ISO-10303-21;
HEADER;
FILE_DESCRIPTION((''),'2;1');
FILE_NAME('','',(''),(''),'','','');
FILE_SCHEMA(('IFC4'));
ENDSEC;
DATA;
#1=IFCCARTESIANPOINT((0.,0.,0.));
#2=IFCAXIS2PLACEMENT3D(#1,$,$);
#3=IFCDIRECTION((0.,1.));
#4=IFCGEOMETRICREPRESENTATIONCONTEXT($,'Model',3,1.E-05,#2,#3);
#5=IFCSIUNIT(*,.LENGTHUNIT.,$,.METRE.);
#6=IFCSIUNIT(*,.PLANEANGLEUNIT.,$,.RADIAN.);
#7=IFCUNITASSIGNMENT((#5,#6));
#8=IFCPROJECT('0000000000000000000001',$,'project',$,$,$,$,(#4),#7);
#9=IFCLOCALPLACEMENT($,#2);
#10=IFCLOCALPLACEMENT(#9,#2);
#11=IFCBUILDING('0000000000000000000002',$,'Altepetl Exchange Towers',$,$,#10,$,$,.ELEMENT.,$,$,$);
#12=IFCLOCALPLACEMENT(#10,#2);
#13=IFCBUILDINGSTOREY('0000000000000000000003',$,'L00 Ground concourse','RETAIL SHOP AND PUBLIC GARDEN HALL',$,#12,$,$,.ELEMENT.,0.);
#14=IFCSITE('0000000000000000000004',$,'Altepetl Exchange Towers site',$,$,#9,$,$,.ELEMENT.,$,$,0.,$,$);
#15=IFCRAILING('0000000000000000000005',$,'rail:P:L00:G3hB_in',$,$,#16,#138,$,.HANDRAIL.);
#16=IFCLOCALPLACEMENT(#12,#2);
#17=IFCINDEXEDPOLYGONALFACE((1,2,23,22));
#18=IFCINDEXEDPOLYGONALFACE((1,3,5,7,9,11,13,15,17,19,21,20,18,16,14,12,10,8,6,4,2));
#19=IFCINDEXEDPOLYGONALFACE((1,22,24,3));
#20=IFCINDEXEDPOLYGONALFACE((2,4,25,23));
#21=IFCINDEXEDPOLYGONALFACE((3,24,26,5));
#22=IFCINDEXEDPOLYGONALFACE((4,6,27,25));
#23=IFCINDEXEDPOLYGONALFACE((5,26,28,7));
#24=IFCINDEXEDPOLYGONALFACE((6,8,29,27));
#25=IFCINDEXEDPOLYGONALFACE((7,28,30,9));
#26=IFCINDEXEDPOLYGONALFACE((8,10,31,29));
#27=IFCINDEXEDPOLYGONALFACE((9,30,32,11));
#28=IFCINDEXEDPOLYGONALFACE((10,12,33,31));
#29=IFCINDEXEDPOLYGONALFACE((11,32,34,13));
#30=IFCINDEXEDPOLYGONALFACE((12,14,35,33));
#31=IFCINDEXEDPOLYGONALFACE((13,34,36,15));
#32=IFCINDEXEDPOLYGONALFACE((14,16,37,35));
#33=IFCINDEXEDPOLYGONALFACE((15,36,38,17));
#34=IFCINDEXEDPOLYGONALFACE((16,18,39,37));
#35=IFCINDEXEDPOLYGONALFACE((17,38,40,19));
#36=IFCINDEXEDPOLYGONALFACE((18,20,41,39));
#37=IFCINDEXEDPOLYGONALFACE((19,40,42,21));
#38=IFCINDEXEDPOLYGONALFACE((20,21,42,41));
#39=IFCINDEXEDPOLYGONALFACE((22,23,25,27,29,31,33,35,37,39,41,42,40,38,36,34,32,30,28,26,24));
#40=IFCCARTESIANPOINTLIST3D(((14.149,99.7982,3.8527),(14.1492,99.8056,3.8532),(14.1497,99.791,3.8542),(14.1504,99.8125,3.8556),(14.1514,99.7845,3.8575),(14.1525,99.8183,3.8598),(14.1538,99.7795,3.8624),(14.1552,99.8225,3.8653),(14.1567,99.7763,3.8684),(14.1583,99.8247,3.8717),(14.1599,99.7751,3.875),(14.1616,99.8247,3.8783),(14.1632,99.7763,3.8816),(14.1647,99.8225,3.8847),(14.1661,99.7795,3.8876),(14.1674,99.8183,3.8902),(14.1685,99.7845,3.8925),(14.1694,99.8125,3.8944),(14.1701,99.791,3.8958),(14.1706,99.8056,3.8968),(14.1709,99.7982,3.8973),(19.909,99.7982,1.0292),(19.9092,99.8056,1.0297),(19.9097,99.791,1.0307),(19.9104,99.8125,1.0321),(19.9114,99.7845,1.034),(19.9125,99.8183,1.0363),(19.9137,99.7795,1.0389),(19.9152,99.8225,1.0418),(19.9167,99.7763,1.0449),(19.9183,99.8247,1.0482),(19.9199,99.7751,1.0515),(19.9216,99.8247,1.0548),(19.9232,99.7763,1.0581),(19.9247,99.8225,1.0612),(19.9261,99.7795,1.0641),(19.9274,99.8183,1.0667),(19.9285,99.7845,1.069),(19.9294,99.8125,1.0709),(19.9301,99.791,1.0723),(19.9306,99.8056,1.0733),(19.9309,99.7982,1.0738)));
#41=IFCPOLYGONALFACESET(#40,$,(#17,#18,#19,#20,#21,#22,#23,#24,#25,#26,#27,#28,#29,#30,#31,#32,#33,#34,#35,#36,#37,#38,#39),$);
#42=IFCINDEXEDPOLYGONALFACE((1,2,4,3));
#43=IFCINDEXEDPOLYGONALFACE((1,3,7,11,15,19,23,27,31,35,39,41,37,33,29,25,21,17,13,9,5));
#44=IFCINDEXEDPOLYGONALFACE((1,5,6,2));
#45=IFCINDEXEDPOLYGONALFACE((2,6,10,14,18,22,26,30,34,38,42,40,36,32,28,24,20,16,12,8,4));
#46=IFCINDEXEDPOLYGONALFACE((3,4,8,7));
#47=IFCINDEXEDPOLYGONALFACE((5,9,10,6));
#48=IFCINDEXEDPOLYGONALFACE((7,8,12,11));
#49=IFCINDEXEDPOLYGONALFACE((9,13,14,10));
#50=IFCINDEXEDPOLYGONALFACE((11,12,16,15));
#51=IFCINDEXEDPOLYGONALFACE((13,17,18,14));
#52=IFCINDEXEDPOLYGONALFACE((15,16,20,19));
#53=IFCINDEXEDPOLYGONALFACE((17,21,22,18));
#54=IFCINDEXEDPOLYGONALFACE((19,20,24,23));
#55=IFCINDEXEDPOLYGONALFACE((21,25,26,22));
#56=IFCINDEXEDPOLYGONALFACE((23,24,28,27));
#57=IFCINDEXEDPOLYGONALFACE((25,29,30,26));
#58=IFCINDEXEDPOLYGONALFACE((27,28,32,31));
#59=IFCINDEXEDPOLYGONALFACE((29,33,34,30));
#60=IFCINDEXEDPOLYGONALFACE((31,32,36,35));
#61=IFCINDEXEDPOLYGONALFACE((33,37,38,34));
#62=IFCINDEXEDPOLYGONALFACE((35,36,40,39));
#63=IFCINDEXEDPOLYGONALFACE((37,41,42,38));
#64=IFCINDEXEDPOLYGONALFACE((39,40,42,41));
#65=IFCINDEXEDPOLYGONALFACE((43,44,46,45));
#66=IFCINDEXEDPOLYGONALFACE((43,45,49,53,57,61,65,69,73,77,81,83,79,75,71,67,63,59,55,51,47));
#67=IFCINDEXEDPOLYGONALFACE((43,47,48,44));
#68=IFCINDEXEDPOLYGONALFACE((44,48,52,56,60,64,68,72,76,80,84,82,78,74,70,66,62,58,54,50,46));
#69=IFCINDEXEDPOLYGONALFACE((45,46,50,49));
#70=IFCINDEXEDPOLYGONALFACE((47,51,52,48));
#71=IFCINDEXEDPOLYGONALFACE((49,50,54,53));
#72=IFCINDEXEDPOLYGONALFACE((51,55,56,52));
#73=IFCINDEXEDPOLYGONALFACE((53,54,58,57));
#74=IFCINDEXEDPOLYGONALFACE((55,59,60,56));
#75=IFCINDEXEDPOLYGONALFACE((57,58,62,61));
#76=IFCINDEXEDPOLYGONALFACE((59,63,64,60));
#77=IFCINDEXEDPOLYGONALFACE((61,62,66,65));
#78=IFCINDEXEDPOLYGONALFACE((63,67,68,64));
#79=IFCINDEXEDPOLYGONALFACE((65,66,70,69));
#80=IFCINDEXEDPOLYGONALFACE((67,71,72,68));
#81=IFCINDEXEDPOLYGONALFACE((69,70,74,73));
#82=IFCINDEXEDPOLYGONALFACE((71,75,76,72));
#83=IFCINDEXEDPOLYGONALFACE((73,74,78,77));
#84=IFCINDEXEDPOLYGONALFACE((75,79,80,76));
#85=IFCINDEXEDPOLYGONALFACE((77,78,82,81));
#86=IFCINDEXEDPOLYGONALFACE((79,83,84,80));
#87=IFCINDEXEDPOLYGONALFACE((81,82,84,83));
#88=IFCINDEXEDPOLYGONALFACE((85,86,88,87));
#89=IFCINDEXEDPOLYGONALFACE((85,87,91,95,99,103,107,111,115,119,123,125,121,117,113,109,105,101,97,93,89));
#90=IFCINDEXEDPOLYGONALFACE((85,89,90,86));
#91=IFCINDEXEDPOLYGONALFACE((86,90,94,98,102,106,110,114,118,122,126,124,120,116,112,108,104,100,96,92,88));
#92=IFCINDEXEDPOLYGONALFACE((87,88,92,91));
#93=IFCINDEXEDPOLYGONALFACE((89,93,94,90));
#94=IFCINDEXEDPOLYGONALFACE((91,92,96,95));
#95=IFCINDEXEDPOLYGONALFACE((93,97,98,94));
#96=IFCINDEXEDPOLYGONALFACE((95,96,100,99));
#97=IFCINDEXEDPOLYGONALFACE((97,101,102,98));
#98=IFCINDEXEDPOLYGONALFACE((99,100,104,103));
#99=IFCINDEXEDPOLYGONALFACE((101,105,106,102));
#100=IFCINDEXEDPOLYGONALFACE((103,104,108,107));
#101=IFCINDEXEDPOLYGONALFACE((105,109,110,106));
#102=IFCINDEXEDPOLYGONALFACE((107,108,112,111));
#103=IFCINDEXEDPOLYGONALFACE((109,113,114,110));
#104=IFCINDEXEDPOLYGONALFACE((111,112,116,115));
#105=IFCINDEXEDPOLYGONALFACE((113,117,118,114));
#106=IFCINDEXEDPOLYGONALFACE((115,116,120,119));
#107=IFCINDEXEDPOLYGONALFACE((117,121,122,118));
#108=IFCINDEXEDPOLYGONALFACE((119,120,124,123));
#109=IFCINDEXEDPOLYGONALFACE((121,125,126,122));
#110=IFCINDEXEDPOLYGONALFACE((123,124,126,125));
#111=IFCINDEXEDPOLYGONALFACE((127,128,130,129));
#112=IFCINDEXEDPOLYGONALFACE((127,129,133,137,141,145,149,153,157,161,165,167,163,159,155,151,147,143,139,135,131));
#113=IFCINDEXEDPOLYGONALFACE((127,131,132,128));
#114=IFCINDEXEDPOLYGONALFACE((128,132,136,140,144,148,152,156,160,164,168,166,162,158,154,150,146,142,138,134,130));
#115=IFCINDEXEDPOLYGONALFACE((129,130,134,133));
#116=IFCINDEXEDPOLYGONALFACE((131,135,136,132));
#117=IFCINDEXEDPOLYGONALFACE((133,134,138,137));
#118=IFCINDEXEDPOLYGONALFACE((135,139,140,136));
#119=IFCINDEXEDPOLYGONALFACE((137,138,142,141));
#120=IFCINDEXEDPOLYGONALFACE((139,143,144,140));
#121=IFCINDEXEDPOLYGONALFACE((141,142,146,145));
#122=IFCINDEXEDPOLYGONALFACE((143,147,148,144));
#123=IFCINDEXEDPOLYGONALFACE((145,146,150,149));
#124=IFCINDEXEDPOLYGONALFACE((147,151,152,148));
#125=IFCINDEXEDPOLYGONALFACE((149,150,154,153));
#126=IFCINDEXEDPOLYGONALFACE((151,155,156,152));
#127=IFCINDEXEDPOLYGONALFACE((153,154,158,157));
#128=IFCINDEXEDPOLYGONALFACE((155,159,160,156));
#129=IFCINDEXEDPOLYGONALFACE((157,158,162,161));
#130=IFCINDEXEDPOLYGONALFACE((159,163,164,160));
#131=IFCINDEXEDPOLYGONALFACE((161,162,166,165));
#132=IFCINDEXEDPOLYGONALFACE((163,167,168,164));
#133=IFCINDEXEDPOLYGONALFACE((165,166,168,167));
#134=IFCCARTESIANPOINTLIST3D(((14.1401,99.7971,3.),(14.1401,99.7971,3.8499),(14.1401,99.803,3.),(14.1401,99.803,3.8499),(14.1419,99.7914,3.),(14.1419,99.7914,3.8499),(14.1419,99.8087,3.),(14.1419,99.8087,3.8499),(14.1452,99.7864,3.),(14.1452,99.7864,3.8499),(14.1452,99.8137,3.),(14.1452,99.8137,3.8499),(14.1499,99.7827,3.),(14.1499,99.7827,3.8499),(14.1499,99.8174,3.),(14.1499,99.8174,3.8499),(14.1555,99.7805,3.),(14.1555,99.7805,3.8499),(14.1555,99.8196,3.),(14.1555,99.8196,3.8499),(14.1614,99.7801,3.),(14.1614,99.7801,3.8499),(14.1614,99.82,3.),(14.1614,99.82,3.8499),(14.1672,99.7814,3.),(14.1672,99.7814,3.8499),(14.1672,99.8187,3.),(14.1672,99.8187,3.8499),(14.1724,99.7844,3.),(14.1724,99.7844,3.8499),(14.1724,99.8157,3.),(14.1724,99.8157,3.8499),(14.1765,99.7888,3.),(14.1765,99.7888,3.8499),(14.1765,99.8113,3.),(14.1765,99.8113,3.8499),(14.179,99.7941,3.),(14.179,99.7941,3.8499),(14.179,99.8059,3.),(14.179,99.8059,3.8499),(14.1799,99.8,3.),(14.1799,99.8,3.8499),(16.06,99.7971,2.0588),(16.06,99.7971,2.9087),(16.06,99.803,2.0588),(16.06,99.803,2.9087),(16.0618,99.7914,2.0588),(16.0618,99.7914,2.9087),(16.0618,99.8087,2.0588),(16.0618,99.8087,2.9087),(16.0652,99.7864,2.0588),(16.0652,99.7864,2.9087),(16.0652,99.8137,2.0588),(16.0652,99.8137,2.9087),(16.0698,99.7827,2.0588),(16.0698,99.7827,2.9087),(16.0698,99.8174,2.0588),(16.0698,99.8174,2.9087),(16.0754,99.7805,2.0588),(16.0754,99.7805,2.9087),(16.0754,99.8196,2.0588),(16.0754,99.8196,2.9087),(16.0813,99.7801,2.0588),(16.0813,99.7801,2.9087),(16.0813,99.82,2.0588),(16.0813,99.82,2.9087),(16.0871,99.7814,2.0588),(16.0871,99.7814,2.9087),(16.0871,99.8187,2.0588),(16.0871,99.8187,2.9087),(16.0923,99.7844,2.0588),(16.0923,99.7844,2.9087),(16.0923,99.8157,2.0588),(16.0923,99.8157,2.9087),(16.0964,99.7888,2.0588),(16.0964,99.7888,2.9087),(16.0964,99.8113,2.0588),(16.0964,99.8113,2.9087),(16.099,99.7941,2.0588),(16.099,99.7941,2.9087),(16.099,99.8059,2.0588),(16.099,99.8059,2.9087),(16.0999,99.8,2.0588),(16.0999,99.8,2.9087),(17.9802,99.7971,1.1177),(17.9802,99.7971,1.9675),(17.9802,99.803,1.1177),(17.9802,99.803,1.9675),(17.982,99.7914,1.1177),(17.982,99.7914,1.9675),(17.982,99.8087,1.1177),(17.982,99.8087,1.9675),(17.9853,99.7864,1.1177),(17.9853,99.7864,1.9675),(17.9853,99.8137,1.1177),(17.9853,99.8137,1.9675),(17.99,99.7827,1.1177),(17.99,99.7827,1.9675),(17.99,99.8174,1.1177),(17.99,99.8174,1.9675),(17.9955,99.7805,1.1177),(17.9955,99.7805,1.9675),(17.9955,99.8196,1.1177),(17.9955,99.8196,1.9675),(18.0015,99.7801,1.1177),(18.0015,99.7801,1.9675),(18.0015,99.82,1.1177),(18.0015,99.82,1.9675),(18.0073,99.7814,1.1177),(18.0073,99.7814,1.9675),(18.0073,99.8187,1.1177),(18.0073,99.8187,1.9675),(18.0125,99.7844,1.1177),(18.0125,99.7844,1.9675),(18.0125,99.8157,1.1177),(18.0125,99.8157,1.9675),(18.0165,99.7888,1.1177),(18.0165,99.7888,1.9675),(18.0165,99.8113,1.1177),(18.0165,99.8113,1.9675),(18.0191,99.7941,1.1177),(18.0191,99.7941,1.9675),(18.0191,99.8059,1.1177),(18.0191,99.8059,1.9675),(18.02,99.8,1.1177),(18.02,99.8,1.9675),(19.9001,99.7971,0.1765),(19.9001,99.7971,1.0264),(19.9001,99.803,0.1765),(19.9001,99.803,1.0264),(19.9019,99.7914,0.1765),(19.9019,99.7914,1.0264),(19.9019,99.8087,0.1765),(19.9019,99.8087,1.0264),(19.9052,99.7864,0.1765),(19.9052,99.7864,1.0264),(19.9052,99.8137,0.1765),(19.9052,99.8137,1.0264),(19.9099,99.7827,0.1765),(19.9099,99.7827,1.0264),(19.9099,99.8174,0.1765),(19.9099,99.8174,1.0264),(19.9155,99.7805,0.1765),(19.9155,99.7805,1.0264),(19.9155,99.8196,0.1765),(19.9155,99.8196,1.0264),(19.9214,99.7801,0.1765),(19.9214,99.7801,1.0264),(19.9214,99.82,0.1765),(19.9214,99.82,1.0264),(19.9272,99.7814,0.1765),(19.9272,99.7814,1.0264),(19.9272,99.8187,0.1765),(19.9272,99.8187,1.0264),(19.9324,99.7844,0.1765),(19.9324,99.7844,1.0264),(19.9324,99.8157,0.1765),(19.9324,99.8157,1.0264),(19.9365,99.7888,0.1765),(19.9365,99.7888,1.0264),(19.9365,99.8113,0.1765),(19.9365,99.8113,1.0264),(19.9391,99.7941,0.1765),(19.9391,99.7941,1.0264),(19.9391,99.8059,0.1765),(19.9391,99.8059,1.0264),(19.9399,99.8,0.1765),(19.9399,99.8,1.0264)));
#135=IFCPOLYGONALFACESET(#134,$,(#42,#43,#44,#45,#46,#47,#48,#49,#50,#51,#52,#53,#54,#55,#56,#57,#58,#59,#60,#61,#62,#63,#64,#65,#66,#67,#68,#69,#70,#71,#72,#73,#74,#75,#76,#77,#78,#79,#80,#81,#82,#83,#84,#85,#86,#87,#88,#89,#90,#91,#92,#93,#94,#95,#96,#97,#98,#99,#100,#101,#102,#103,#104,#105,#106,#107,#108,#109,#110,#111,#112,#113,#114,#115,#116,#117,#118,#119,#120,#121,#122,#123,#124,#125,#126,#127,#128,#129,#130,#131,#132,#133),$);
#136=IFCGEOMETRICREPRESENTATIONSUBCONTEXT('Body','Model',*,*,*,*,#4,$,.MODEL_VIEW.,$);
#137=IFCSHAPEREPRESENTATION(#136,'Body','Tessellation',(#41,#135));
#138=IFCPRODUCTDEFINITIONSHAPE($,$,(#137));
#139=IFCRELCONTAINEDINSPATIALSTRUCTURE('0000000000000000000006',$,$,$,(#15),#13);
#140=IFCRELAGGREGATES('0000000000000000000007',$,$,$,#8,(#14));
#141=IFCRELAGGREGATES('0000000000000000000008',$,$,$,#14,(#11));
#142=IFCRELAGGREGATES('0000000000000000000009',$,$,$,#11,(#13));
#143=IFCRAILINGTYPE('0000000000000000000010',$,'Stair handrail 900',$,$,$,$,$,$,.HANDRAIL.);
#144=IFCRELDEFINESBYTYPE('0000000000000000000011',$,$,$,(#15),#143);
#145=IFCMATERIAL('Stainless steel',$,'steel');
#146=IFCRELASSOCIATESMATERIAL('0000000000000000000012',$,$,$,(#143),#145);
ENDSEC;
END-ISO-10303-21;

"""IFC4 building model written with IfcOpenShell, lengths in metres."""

from ifc_helpers import new_model, si_unit, direction, frame, origin, origin_2d, place, context, subcontext, project, spatial, circle, extrude, source, transform, mapped, material, type_object, element, save


model = new_model("IFC4")

# Units and contexts
model_context = context("Model", 3, precision=1e-05, world=origin(), true_north=direction((0.0, 1.0)))
body_context = subcontext(model_context, "Body", "Model", "MODEL_VIEW")
ifc_project = project(units=[si_unit("LENGTHUNIT", "METRE"), si_unit("PLANEANGLEUNIT", "RADIAN")], contexts=[model_context])

# Site, building, storey
site_placement = place(None, origin())
site = spatial("IfcSite", under=ifc_project, at=site_placement, Name="Altepetl Exchange Towers site", CompositionType="ELEMENT", RefElevation=0.0)
building_placement = place(site_placement, origin())
building = spatial("IfcBuilding", under=site, at=building_placement, Name="Altepetl Exchange Towers", CompositionType="ELEMENT")
storey_placement = place(building_placement, origin())
storey = spatial("IfcBuildingStorey", under=building, at=storey_placement, Name="L00 Ground concourse", Description="RETAIL SHOP AND PUBLIC GARDEN HALL", CompositionType="ELEMENT", Elevation=0.0)

# Railing
ifc_material_1 = material(Name="Stainless steel", Category="steel")
railing_type_1 = type_object("IfcRailingType", Name="Stair handrail 900", PredefinedType="HANDRAIL", material=ifc_material_1)
shared_shape_1 = source(origin(), body_context, "Body", "SweptSolid", [
    extrude(circle(Radius=0.02, at=origin_2d()), origin(), (0.0, 0.0, 1.0), 0.8499),
])
for number, where, name in (
    (1, (19.9199, 99.8, 0.1765), "rail:P:L00:G3hB_in"),
):
    element("IfcRailing", number, at=place(storey_placement, frame(where)), inside=storey, type_object=railing_type_1, Name=name, PredefinedType="HANDRAIL", context=body_context, shape_type="SweptSolid", body=[
        extrude(circle(Radius=0.0249, at=origin_2d()), frame((0.0, 0.0, 0.875), z_axis=(-0.897924, 0.0, 0.440151), x_axis=(0.0, -1.0, 0.0)), (0.0, 0.0, 1.0), 6.4148),
        mapped(shared_shape_1, transform((0.0, 0.0, 0.0))),
        mapped(shared_shape_1, transform((-1.9199, 0.0, 0.9412))),
        mapped(shared_shape_1, transform((-3.8401, 0.0, 1.8823))),
        mapped(shared_shape_1, transform((-5.76, 0.0, 2.8235))),
    ])

save(model, "model.ifc")
